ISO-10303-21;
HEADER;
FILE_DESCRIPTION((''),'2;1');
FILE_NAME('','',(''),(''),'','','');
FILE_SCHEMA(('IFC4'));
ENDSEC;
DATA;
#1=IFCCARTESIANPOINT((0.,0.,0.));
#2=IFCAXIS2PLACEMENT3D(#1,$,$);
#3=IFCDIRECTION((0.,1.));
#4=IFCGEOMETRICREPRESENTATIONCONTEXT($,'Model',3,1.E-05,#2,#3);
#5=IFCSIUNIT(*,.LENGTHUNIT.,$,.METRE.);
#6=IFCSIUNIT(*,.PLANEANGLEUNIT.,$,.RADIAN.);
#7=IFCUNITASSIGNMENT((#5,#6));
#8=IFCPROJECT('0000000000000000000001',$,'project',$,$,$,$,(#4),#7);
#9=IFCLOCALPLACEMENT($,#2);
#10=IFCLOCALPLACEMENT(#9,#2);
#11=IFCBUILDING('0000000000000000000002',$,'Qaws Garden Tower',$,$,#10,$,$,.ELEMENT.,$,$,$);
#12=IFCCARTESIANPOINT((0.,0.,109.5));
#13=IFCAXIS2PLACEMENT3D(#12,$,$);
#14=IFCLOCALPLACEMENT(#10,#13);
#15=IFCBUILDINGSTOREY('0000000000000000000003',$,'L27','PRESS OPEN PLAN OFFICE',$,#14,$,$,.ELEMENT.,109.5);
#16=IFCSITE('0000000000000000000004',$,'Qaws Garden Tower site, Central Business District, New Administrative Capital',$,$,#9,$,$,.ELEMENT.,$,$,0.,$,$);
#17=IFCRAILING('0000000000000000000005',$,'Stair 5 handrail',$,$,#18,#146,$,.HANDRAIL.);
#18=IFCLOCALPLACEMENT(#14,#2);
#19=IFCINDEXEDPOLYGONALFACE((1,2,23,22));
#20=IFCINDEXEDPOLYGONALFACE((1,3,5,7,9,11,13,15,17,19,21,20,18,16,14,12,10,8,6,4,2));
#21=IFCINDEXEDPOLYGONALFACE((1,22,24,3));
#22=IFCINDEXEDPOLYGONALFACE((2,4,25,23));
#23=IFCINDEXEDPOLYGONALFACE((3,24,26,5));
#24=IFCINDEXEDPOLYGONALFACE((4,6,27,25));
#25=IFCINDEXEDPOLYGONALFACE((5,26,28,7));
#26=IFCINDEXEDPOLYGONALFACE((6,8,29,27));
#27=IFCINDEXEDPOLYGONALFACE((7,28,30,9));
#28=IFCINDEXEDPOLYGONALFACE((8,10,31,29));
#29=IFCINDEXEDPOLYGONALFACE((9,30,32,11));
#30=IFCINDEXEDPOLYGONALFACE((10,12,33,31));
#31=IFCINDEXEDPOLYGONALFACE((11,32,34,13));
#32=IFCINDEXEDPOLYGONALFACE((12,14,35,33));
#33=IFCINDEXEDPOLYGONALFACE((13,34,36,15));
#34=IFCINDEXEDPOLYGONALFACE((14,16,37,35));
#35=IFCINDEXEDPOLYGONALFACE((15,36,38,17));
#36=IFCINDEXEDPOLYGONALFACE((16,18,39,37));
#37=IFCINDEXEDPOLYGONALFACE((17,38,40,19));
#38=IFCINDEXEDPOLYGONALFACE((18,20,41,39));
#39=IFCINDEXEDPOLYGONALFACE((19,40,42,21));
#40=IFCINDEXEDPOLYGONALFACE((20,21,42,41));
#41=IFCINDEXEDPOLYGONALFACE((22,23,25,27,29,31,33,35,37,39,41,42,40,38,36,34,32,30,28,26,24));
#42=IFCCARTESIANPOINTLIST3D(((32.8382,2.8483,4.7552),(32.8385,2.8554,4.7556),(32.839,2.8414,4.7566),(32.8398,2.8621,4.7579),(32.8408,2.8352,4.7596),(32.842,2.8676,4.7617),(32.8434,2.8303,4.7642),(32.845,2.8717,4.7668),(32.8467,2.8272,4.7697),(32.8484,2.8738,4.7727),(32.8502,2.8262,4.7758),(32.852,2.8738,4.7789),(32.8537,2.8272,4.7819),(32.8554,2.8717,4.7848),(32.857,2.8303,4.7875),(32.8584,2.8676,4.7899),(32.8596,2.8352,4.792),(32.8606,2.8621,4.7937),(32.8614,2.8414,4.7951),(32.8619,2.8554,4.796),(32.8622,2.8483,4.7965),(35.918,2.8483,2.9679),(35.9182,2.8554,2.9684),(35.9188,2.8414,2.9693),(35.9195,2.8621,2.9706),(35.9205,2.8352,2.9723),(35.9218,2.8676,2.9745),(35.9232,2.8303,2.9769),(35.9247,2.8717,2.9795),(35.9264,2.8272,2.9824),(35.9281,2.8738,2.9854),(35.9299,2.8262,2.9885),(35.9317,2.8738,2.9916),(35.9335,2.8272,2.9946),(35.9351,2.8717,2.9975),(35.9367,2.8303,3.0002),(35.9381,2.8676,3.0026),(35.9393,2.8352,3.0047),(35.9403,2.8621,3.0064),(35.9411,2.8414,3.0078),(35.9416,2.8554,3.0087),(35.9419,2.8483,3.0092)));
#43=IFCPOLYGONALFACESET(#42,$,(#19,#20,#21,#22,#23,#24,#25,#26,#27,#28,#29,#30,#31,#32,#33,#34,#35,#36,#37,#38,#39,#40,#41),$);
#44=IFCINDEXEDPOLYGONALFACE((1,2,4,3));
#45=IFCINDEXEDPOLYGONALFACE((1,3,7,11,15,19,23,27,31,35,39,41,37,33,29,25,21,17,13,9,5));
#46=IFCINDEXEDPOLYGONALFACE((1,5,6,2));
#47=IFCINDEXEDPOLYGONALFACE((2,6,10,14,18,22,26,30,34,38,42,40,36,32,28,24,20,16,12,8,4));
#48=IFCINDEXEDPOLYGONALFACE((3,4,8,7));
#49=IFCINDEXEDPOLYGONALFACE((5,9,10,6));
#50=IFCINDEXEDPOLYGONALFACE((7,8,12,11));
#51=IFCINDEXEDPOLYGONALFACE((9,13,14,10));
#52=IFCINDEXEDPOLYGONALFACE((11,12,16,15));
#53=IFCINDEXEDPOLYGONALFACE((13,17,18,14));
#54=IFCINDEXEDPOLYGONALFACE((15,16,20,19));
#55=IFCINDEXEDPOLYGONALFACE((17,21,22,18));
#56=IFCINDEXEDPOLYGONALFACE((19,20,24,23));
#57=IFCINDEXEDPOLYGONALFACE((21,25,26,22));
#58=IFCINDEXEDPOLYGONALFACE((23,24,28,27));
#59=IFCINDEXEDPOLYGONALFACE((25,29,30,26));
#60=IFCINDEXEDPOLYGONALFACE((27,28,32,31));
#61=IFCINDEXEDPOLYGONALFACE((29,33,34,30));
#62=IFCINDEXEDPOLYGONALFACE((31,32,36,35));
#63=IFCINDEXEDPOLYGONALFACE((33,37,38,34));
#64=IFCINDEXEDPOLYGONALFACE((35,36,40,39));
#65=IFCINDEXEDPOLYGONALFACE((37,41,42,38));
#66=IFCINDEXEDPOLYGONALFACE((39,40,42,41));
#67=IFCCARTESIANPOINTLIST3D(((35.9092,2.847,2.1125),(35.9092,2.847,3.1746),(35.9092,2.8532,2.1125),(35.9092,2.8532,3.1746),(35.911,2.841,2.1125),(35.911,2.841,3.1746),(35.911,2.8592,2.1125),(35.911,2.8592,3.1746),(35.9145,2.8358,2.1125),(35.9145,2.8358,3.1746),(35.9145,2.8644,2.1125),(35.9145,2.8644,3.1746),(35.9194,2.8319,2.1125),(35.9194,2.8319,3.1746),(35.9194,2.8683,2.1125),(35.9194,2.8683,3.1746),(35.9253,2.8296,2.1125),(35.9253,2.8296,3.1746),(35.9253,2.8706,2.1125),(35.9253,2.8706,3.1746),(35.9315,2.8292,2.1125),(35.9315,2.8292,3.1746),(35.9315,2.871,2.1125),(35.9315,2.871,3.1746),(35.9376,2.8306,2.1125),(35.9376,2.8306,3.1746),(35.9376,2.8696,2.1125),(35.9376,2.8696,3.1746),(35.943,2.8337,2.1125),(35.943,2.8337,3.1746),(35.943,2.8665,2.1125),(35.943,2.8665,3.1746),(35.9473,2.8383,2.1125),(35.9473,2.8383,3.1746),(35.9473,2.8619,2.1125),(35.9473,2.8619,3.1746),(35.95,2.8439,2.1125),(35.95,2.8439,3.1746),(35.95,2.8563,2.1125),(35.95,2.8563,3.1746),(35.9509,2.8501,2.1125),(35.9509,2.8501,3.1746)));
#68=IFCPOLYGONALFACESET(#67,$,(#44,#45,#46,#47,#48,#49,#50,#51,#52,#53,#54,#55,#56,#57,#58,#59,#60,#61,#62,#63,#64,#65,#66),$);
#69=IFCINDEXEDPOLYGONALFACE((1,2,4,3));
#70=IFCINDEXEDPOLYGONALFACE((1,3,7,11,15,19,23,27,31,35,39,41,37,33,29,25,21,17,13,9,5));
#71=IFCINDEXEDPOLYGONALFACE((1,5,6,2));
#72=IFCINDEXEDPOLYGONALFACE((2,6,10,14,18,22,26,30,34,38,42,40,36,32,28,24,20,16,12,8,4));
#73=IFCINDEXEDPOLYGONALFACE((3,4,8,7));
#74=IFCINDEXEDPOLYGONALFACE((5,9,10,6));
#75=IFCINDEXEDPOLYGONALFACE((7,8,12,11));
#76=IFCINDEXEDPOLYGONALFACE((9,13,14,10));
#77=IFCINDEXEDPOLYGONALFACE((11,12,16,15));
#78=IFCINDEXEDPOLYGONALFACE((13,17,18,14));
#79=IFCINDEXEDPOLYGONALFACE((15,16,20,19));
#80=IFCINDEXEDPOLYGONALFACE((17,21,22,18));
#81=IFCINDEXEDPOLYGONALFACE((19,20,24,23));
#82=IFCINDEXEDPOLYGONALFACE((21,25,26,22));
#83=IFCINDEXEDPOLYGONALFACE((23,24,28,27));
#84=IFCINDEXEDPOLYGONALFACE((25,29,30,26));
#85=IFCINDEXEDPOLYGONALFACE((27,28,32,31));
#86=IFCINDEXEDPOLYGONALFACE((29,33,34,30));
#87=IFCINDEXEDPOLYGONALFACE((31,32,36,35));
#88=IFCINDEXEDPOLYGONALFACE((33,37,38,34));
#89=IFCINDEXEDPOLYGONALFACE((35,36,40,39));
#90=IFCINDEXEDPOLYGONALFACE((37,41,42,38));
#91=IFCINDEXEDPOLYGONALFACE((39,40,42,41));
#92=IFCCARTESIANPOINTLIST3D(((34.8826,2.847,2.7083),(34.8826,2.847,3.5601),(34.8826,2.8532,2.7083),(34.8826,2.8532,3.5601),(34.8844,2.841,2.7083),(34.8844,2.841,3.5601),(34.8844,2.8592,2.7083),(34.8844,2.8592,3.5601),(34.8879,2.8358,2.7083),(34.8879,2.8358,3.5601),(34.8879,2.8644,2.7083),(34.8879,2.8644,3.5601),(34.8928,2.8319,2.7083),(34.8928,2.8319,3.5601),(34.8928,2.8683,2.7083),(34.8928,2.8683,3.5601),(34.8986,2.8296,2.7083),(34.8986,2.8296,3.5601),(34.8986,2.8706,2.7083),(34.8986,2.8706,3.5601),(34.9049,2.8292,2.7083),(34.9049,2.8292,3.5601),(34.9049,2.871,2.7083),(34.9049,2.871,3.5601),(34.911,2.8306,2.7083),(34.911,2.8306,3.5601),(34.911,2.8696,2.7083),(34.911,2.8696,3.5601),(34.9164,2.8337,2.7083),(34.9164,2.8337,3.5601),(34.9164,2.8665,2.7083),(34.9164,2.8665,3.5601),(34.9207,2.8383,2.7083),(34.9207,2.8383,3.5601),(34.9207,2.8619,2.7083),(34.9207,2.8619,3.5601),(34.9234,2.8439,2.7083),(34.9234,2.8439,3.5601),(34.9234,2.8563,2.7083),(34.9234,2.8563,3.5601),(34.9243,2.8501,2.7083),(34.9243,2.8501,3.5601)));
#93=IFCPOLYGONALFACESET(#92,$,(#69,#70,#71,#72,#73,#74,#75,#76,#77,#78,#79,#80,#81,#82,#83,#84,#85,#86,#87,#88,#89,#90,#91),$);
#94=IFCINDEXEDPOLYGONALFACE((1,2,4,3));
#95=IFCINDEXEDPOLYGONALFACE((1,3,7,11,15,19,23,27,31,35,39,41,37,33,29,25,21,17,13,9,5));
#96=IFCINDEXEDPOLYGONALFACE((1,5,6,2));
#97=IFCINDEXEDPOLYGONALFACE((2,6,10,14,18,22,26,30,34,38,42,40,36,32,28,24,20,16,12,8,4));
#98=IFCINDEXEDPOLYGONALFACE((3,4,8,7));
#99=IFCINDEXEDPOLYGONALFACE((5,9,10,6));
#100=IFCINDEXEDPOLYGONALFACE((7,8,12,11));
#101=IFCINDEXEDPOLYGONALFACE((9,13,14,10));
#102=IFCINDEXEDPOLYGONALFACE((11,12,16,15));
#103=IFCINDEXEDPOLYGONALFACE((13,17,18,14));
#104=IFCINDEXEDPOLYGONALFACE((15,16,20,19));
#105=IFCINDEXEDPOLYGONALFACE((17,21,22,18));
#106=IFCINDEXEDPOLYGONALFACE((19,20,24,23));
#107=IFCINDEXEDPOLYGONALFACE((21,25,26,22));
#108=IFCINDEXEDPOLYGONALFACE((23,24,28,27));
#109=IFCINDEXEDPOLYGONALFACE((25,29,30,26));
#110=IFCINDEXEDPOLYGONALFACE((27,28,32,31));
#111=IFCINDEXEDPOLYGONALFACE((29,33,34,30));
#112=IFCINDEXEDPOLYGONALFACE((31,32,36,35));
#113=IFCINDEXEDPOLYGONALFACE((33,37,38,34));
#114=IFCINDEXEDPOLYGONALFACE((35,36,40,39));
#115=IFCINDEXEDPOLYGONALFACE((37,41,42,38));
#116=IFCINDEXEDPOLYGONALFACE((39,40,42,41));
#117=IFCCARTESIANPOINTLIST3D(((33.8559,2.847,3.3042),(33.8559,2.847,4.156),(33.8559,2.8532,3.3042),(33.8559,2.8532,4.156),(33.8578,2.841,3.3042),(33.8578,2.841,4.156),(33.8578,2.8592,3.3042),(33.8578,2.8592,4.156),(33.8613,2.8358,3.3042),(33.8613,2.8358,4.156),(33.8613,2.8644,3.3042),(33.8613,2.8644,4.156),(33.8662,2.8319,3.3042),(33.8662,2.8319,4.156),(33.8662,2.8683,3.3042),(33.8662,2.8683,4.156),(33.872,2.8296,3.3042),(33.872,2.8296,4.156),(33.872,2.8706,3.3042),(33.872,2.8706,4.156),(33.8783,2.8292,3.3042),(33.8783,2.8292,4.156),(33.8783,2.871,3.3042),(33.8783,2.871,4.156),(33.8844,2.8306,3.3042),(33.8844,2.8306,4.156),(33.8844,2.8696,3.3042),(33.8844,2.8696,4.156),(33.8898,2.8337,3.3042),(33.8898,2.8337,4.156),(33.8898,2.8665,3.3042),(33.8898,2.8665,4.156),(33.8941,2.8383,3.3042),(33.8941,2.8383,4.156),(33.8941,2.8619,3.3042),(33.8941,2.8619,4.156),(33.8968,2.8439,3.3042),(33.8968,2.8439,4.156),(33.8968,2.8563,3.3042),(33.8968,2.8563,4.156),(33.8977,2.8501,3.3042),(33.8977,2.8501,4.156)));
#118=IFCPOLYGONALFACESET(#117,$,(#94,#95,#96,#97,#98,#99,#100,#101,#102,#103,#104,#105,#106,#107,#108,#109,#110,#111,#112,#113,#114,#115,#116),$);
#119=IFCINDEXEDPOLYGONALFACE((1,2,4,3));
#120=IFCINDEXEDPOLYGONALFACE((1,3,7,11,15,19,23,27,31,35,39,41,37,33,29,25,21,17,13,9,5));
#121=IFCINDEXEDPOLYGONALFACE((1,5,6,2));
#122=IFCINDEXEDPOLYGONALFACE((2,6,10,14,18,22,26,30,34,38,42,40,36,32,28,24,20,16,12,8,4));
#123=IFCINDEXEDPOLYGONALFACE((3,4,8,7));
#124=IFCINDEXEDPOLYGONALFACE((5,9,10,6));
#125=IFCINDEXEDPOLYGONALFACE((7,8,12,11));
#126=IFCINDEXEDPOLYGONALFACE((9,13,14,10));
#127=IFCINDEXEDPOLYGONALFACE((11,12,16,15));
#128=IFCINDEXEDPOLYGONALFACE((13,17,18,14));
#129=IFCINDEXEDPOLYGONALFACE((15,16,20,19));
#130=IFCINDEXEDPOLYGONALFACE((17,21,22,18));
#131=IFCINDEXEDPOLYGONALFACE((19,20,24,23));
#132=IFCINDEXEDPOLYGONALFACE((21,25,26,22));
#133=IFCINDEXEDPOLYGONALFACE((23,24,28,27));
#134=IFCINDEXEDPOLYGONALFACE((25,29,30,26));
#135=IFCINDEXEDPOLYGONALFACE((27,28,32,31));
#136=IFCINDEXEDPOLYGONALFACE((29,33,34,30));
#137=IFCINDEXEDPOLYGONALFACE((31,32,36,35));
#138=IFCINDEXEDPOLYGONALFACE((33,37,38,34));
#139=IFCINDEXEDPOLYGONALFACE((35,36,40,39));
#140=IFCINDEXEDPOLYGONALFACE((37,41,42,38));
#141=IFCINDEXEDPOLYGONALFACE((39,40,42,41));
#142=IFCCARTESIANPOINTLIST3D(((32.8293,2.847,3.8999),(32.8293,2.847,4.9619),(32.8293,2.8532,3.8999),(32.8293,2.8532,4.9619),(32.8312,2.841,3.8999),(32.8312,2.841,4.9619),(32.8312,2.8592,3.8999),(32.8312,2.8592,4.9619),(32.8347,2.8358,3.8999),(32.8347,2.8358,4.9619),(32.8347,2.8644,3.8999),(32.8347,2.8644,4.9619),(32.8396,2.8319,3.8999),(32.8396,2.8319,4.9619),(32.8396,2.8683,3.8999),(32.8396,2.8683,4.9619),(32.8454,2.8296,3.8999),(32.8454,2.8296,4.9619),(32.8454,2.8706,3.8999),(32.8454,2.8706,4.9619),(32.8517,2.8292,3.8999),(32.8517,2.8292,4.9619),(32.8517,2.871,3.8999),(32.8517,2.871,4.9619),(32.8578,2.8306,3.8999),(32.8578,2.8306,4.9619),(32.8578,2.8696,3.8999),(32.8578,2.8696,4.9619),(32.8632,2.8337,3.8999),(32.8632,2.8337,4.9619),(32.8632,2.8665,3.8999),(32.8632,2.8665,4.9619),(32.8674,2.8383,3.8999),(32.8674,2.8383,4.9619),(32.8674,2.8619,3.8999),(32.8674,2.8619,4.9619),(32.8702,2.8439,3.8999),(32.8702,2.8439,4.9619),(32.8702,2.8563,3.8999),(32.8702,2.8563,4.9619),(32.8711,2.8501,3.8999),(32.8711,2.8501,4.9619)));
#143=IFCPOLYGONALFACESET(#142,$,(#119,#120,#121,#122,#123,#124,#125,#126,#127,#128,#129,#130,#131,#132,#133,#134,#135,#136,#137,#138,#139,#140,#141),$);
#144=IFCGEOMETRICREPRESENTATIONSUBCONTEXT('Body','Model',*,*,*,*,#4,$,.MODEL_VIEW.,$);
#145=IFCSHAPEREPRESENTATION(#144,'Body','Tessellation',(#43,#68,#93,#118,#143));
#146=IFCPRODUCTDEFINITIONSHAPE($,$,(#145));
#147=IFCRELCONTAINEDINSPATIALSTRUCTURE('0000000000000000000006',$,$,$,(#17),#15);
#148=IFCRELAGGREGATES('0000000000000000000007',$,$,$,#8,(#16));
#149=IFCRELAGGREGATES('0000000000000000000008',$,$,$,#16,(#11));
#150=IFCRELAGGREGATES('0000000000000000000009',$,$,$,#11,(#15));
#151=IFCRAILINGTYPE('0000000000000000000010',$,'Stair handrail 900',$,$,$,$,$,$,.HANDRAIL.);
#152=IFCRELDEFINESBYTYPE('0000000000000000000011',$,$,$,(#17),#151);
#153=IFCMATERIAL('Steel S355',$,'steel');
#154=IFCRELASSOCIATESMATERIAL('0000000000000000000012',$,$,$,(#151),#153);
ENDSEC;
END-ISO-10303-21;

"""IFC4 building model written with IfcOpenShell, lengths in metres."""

from ifc_helpers import new_model, si_unit, direction, frame, origin, origin_2d, place, context, subcontext, project, spatial, circle, extrude, material, type_object, element, save


model = new_model("IFC4")

# Units and contexts
model_context = context("Model", 3, precision=1e-05, world=origin(), true_north=direction((0.0, 1.0)))
body_context = subcontext(model_context, "Body", "Model", "MODEL_VIEW")
ifc_project = project(units=[si_unit("LENGTHUNIT", "METRE"), si_unit("PLANEANGLEUNIT", "RADIAN")], contexts=[model_context])

# Site, building, storey
site_placement = place(None, origin())
site = spatial("IfcSite", under=ifc_project, at=site_placement, Name="Qaws Garden Tower site, Central Business District, New Administrative Capital", CompositionType="ELEMENT", RefElevation=0.0)
building_placement = place(site_placement, origin())
building = spatial("IfcBuilding", under=site, at=building_placement, Name="Qaws Garden Tower", CompositionType="ELEMENT")
storey_placement = place(building_placement, frame((0.0, 0.0, 109.5)))
storey = spatial("IfcBuildingStorey", under=building, at=storey_placement, Name="L27", Description="PRESS OPEN PLAN OFFICE", CompositionType="ELEMENT", Elevation=109.5)

# Railing
ifc_material_1 = material(Name="Steel S355", Category="steel")
railing_type = type_object("IfcRailingType", Name="Stair handrail 900", PredefinedType="HANDRAIL", material=ifc_material_1)
railing_1_placement = place(storey_placement, frame((35.9299, 2.8501, 2.1125)))
element("IfcRailing", 1, at=railing_1_placement, inside=storey, type_object=railing_type, Name="Stair 5 handrail", PredefinedType="HANDRAIL", context=body_context, shape_type="SweptSolid", body=[
    extrude(circle(Radius=0.0239, at=origin_2d()), frame((0.0, 0.0, 0.876), z_axis=(-0.864903, 0.0, 0.501939), x_axis=(0.0, -1.0, 0.0)), (0.0, 0.0, 1.0), 3.5608),
    extrude(circle(Radius=0.021, at=origin_2d()), origin(), (0.0, 0.0, 1.0), 1.062),
    extrude(circle(Radius=0.021, at=origin_2d()), frame((-1.0266, 0.0, 0.5957)), (0.0, 0.0, 1.0), 0.8518),
    extrude(circle(Radius=0.021, at=origin_2d()), frame((-2.0532, 0.0, 1.1917)), (0.0, 0.0, 1.0), 0.8518),
    extrude(circle(Radius=0.021, at=origin_2d()), frame((-3.0798, 0.0, 1.7874)), (0.0, 0.0, 1.0), 1.062),
])

save(model, "model.ifc")
